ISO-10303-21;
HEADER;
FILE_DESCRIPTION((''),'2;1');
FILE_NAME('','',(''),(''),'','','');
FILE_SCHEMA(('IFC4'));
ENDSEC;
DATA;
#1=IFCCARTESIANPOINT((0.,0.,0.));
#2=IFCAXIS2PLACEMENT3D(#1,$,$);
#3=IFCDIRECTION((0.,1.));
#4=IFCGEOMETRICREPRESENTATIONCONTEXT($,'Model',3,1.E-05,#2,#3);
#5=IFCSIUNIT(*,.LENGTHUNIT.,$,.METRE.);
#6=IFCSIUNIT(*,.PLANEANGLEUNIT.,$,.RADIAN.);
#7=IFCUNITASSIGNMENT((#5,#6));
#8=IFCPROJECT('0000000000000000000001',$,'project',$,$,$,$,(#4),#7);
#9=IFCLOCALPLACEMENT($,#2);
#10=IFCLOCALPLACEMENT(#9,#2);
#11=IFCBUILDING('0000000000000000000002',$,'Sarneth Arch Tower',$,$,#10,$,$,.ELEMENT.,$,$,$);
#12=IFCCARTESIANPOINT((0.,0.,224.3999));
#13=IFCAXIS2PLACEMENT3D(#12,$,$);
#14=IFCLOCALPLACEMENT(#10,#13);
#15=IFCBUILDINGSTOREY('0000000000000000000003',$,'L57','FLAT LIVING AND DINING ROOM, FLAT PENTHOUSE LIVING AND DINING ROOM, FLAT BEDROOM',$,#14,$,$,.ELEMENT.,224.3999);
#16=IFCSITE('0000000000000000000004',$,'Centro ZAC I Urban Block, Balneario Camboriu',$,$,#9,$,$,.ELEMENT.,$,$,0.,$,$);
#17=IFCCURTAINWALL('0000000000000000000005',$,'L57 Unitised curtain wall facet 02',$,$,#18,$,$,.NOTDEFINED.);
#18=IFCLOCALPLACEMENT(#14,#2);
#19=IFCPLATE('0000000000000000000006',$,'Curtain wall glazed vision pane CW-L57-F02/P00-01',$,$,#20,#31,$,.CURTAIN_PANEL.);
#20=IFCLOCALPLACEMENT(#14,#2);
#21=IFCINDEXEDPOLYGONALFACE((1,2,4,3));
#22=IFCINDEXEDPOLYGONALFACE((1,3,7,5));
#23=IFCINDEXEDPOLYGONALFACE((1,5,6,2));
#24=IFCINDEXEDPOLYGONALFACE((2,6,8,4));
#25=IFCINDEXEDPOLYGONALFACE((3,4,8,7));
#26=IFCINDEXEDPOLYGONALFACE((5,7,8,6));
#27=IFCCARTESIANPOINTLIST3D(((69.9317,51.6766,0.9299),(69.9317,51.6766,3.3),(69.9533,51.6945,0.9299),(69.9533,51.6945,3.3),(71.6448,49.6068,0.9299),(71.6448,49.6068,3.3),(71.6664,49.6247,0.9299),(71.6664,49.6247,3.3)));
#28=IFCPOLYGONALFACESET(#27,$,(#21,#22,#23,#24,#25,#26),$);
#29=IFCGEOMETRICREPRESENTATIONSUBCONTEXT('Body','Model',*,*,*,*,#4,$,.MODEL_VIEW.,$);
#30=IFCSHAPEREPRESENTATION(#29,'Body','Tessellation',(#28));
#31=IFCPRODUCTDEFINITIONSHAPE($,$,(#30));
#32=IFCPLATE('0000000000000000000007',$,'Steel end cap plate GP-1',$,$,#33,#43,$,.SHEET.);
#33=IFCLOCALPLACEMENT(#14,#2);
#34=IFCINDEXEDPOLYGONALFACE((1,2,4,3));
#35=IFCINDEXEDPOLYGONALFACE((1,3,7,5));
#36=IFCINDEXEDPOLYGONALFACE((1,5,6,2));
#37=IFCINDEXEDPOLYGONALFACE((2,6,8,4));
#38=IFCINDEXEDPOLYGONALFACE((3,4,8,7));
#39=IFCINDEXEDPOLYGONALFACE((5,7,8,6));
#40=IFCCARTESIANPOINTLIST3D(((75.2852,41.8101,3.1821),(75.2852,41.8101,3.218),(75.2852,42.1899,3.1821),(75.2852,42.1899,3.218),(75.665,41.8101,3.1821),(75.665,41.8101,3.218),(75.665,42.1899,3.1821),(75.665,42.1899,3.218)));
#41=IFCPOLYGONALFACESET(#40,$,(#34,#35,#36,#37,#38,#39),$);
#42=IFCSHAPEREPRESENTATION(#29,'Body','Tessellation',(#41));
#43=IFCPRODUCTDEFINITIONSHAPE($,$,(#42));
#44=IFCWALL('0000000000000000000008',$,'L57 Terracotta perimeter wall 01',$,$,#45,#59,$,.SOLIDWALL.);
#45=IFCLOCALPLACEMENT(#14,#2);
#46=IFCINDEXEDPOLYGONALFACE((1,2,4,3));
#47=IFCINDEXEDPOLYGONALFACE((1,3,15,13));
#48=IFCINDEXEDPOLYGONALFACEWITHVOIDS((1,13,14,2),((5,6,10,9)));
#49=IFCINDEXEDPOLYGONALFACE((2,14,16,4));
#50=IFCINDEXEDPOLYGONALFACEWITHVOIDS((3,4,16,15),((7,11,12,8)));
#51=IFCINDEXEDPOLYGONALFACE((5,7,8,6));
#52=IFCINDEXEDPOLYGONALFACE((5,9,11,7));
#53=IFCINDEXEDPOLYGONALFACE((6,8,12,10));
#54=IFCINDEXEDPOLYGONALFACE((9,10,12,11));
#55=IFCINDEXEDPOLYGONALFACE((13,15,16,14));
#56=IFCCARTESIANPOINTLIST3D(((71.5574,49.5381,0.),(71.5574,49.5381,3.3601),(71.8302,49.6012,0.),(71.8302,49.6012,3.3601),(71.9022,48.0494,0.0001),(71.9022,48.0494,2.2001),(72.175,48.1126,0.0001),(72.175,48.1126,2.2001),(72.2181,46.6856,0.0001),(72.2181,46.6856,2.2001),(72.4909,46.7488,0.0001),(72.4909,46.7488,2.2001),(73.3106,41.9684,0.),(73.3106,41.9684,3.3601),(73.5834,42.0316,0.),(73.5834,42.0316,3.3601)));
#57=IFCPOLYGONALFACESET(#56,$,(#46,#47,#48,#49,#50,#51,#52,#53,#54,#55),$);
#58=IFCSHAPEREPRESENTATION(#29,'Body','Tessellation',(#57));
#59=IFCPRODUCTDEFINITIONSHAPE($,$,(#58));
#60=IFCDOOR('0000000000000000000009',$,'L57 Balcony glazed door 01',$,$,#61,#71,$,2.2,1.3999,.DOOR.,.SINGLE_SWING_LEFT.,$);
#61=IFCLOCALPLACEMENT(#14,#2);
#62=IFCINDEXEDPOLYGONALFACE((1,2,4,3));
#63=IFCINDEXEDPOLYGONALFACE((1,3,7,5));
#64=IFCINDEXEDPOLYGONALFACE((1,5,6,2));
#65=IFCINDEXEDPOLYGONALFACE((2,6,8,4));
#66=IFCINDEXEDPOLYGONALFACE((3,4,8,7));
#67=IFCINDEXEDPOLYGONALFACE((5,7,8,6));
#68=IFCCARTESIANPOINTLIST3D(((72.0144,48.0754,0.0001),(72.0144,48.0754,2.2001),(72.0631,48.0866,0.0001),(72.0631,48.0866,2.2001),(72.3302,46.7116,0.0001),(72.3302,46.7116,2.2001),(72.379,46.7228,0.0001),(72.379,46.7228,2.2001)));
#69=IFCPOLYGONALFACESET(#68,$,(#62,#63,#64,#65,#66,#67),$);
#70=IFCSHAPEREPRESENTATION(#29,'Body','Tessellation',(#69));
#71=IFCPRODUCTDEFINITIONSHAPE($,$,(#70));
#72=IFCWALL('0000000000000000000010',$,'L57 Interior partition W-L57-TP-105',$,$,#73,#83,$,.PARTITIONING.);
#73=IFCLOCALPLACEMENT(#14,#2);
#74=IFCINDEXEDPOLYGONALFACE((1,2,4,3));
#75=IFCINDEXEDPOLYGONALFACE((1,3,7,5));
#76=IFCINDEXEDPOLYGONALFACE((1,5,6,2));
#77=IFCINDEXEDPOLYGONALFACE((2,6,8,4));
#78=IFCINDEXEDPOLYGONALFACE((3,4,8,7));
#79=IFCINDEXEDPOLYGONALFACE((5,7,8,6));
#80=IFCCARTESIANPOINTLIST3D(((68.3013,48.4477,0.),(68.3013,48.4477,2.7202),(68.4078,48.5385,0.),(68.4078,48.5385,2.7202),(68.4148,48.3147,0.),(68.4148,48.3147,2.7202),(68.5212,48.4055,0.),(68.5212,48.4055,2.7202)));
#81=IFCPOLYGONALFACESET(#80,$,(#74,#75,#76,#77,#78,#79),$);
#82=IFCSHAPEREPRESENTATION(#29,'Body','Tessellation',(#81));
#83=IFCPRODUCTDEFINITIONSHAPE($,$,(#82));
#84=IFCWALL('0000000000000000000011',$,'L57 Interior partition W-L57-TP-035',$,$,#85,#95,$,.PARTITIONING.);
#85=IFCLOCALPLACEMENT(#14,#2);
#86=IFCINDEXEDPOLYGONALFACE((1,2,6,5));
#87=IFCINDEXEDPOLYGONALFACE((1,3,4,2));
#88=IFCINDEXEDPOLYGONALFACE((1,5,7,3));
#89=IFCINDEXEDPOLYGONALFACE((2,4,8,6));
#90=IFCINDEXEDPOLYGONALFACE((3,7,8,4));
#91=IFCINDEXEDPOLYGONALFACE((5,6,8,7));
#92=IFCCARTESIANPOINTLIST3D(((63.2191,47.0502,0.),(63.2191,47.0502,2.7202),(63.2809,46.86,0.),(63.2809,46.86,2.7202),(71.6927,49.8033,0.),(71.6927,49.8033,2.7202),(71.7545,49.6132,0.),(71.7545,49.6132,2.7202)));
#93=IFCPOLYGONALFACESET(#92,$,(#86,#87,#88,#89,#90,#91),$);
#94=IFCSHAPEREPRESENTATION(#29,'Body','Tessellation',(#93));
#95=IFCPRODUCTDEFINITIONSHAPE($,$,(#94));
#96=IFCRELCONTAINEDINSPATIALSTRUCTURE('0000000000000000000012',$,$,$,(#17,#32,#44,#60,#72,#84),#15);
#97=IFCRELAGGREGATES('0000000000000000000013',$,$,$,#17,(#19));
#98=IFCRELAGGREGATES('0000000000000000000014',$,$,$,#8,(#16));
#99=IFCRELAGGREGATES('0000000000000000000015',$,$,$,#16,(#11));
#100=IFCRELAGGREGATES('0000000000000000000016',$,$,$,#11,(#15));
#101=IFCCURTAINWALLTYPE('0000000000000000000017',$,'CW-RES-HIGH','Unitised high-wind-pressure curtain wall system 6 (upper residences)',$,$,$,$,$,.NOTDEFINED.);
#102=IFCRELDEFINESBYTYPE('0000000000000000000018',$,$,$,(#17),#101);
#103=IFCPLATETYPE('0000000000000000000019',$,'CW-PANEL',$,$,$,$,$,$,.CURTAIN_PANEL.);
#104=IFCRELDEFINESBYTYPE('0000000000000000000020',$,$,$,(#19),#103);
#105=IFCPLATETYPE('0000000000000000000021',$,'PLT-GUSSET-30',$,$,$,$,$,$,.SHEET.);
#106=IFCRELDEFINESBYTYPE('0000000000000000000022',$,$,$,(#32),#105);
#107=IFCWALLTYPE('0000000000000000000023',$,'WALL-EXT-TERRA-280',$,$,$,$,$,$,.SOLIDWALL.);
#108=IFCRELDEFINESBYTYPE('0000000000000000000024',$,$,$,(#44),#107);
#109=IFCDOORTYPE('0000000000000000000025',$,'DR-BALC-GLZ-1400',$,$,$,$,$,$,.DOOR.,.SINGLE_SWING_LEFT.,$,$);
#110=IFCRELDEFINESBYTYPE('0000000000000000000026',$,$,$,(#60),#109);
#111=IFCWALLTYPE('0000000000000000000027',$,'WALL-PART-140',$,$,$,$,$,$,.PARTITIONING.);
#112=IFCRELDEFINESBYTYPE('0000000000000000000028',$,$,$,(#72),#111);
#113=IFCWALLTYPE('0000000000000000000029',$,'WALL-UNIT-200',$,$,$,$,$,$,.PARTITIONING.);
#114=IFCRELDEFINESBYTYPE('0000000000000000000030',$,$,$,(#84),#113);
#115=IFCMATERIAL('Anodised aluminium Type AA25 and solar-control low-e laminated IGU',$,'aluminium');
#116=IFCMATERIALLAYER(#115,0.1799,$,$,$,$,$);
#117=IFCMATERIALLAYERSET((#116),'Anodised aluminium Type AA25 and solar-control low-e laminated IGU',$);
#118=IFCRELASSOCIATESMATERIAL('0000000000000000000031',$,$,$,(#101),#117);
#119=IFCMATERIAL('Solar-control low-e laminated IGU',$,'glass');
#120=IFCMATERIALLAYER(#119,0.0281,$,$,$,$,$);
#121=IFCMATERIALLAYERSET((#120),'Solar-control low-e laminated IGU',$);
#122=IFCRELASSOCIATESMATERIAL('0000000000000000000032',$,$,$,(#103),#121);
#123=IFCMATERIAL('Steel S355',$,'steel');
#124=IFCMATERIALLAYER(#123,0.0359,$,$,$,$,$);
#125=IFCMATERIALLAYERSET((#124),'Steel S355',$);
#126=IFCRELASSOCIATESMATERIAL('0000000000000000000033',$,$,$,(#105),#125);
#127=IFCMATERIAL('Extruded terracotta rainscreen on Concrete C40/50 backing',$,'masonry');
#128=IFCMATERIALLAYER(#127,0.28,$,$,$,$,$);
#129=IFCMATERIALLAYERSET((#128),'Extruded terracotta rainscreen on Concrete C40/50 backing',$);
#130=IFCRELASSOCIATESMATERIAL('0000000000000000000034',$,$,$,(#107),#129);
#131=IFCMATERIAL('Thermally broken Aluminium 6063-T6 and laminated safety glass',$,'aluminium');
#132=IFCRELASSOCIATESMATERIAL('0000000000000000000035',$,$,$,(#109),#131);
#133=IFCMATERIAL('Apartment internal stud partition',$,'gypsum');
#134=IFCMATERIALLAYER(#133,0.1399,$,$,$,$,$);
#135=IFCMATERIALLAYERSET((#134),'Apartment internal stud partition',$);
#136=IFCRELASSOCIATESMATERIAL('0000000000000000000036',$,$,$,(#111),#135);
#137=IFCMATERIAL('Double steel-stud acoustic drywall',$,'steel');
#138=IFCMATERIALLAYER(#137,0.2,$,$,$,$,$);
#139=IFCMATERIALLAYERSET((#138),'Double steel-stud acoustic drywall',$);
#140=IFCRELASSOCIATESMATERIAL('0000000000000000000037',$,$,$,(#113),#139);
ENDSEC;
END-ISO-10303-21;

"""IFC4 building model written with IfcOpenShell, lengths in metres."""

from ifc_helpers import new_model, si_unit, direction, frame, frame_2d, origin, origin_2d, place, context, subcontext, project, spatial, rectangle, extrude, material, layer, layer_set, type_object, element, fill, aggregate, save


model = new_model("IFC4")

# Units and contexts
model_context = context("Model", 3, precision=1e-05, world=origin(), true_north=direction((0.0, 1.0)))
body_context = subcontext(model_context, "Body", "Model", "MODEL_VIEW")
ifc_project = project(units=[si_unit("LENGTHUNIT", "METRE"), si_unit("PLANEANGLEUNIT", "RADIAN")], contexts=[model_context])

# Site, building, storey
site_placement = place(None, origin())
site = spatial("IfcSite", under=ifc_project, at=site_placement, Name="Centro ZAC I Urban Block, Balneario Camboriu", CompositionType="ELEMENT", RefElevation=0.0)
building_placement = place(site_placement, origin())
building = spatial("IfcBuilding", under=site, at=building_placement, Name="Sarneth Arch Tower", CompositionType="ELEMENT")
storey_placement = place(building_placement, frame((0.0, 0.0, 224.3999)))
storey = spatial("IfcBuildingStorey", under=building, at=storey_placement, Name="L57", Description="FLAT LIVING AND DINING ROOM, FLAT PENTHOUSE LIVING AND DINING ROOM, FLAT BEDROOM", CompositionType="ELEMENT", Elevation=224.3999)

# Curtain wall
ifc_material_1 = material(Name="Anodised aluminium Type AA25 and solar-control low-e laminated IGU", Category="aluminium")
ifc_layer_1 = layer(ifc_material_1, 0.1799)
ifc_layer_set_1 = layer_set([ifc_layer_1], Name="Anodised aluminium Type AA25 and solar-control low-e laminated IGU")
curtain_wall_type = type_object("IfcCurtainWallType", Name="CW-RES-HIGH", Description="Unitised high-wind-pressure curtain wall system 6 (upper residences)", PredefinedType="NOTDEFINED", material=ifc_layer_set_1)
curtain_wall_placement = place(storey_placement, origin())
curtain_wall = element("IfcCurtainWall", 1, at=curtain_wall_placement, inside=storey, type_object=curtain_wall_type, Name="L57 Unitised curtain wall facet 02", PredefinedType="NOTDEFINED")

# Plates
ifc_material_2 = material(Name="Solar-control low-e laminated IGU", Category="glass")
ifc_layer_2 = layer(ifc_material_2, 0.0281)
ifc_layer_set_2 = layer_set([ifc_layer_2], Name="Solar-control low-e laminated IGU")
plate_type_1 = type_object("IfcPlateType", Name="CW-PANEL", PredefinedType="CURTAIN_PANEL", material=ifc_layer_set_2)
plate_1_placement = place(storey_placement, frame((70.7991, 50.6506, 0.9299), z_axis=(0.0, 0.0, 1.0), x_axis=(-0.63761, 0.770359, 0.0)))
plate_1 = element("IfcPlate", 2, at=plate_1_placement, type_object=plate_type_1, Name="Curtain wall glazed vision pane CW-L57-F02/P00-01", PredefinedType="CURTAIN_PANEL", context=body_context, shape_type="SweptSolid", body=[
    extrude(rectangle(XDim=2.6868, YDim=0.0281, at=origin_2d()), origin(), (0.0, 0.0, 1.0), 2.3701),
])
aggregate(curtain_wall, [plate_1])
ifc_material_3 = material(Name="Steel S355", Category="steel")
ifc_layer_3 = layer(ifc_material_3, 0.0359)
ifc_layer_set_3 = layer_set([ifc_layer_3], Name="Steel S355")
plate_type_2 = type_object("IfcPlateType", Name="PLT-GUSSET-30", PredefinedType="SHEET", material=ifc_layer_set_3)
plate_2_placement = place(storey_placement, frame((75.4751, 42.0, 3.1821), z_axis=(0.0, 0.0, 1.0), x_axis=(1.0, 0.0, 0.0)))
element("IfcPlate", 3, at=plate_2_placement, inside=storey, type_object=plate_type_2, Name="Steel end cap plate GP-1", PredefinedType="SHEET", context=body_context, shape_type="SweptSolid", body=[
    extrude(rectangle(XDim=0.3799, YDim=0.3799, at=origin_2d()), origin(), (0.0, 0.0, 1.0), 0.0359),
])

# Wall, opening, door
ifc_material_4 = material(Name="Extruded terracotta rainscreen on Concrete C40/50 backing", Category="masonry")
ifc_layer_4 = layer(ifc_material_4, 0.28)
ifc_layer_set_4 = layer_set([ifc_layer_4], Name="Extruded terracotta rainscreen on Concrete C40/50 backing")
wall_type_1 = type_object("IfcWallType", Name="WALL-EXT-TERRA-280", PredefinedType="SOLIDWALL", material=ifc_layer_set_4)
wall_1_placement = place(storey_placement, frame((73.447, 42.0, 0.0), z_axis=(0.0, 0.0, 1.0), x_axis=(-0.225635, 0.974212, 0.0)))
wall_1 = element("IfcWall", 4, at=wall_1_placement, inside=storey, type_object=wall_type_1, Name="L57 Terracotta perimeter wall 01", PredefinedType="SOLIDWALL", context=body_context, shape_type="SweptSolid", body=[
    extrude(rectangle(XDim=7.77, YDim=0.28, at=frame_2d((3.885, 0.0))), origin(), (0.0, 0.0, 1.0), 3.3601),
])
opening_placement = place(wall_1_placement, frame((4.842, 0.0, 0.0)))
opening = element("IfcOpeningElement", 5, at=opening_placement, cuts=wall_1, PredefinedType="OPENING", context=body_context, shape_type="SweptSolid", body=[
    extrude(rectangle(XDim=1.3999, YDim=2.2, at=frame_2d((0.7, 1.1001))), frame((0.0, 0.1499, 0.0), z_axis=(0.0, -1.0, 0.0), x_axis=(1.0, 0.0, 0.0)), (0.0, 0.0, 1.0), 0.3),
])
ifc_material_5 = material(Name="Thermally broken Aluminium 6063-T6 and laminated safety glass", Category="aluminium")
door_type = type_object("IfcDoorType", Name="DR-BALC-GLZ-1400", OperationType="SINGLE_SWING_LEFT", PredefinedType="DOOR", material=ifc_material_5)
door_placement = place(opening_placement, origin())
door = element("IfcDoor", 6, at=door_placement, inside=storey, type_object=door_type, Name="L57 Balcony glazed door 01", OperationType="SINGLE_SWING_LEFT", OverallHeight=2.2, OverallWidth=1.3999, PredefinedType="DOOR", context=body_context, shape_type="SweptSolid", body=[
    extrude(rectangle(XDim=1.3999, YDim=2.2, at=frame_2d((0.7, 1.1001))), frame((0.0, 0.0249, 0.0), z_axis=(0.0, -1.0, 0.0), x_axis=(1.0, 0.0, 0.0)), (0.0, 0.0, 1.0), 0.05),
])
fill(opening, door)

# Walls
ifc_material_6 = material(Name="Apartment internal stud partition", Category="gypsum")
ifc_layer_5 = layer(ifc_material_6, 0.1399)
ifc_layer_set_5 = layer_set([ifc_layer_5], Name="Apartment internal stud partition")
wall_type_2 = type_object("IfcWallType", Name="WALL-PART-140", PredefinedType="PARTITIONING", material=ifc_layer_set_5)
wall_2_placement = place(storey_placement, frame((68.468, 48.3601, 0.0), z_axis=(0.0, 0.0, 1.0), x_axis=(-0.649065, 0.760733, 0.0)))
element("IfcWall", 7, at=wall_2_placement, inside=storey, type_object=wall_type_2, Name="L57 Interior partition W-L57-TP-105", PredefinedType="PARTITIONING", context=body_context, shape_type="SweptSolid", body=[
    extrude(rectangle(XDim=0.1748, YDim=0.1399, at=frame_2d((0.0874, 0.0))), origin(), (0.0, 0.0, 1.0), 2.7202),
])
ifc_material_7 = material(Name="Double steel-stud acoustic drywall", Category="steel")
ifc_layer_6 = layer(ifc_material_7, 0.2)
ifc_layer_set_6 = layer_set([ifc_layer_6], Name="Double steel-stud acoustic drywall")
wall_type_3 = type_object("IfcWallType", Name="WALL-UNIT-200", PredefinedType="PARTITIONING", material=ifc_layer_set_6)
wall_3_placement = place(storey_placement, frame((63.25, 46.9551, 0.0), z_axis=(0.0, 0.0, 1.0), x_axis=(0.951059, 0.309009, 0.0)))
element("IfcWall", 8, at=wall_3_placement, inside=storey, type_object=wall_type_3, Name="L57 Interior partition W-L57-TP-035", PredefinedType="PARTITIONING", context=body_context, shape_type="SweptSolid", body=[
    extrude(rectangle(XDim=8.9097, YDim=0.2, at=frame_2d((4.4548, 0.0))), origin(), (0.0, 0.0, 1.0), 2.7202),
])

save(model, "model.ifc")
